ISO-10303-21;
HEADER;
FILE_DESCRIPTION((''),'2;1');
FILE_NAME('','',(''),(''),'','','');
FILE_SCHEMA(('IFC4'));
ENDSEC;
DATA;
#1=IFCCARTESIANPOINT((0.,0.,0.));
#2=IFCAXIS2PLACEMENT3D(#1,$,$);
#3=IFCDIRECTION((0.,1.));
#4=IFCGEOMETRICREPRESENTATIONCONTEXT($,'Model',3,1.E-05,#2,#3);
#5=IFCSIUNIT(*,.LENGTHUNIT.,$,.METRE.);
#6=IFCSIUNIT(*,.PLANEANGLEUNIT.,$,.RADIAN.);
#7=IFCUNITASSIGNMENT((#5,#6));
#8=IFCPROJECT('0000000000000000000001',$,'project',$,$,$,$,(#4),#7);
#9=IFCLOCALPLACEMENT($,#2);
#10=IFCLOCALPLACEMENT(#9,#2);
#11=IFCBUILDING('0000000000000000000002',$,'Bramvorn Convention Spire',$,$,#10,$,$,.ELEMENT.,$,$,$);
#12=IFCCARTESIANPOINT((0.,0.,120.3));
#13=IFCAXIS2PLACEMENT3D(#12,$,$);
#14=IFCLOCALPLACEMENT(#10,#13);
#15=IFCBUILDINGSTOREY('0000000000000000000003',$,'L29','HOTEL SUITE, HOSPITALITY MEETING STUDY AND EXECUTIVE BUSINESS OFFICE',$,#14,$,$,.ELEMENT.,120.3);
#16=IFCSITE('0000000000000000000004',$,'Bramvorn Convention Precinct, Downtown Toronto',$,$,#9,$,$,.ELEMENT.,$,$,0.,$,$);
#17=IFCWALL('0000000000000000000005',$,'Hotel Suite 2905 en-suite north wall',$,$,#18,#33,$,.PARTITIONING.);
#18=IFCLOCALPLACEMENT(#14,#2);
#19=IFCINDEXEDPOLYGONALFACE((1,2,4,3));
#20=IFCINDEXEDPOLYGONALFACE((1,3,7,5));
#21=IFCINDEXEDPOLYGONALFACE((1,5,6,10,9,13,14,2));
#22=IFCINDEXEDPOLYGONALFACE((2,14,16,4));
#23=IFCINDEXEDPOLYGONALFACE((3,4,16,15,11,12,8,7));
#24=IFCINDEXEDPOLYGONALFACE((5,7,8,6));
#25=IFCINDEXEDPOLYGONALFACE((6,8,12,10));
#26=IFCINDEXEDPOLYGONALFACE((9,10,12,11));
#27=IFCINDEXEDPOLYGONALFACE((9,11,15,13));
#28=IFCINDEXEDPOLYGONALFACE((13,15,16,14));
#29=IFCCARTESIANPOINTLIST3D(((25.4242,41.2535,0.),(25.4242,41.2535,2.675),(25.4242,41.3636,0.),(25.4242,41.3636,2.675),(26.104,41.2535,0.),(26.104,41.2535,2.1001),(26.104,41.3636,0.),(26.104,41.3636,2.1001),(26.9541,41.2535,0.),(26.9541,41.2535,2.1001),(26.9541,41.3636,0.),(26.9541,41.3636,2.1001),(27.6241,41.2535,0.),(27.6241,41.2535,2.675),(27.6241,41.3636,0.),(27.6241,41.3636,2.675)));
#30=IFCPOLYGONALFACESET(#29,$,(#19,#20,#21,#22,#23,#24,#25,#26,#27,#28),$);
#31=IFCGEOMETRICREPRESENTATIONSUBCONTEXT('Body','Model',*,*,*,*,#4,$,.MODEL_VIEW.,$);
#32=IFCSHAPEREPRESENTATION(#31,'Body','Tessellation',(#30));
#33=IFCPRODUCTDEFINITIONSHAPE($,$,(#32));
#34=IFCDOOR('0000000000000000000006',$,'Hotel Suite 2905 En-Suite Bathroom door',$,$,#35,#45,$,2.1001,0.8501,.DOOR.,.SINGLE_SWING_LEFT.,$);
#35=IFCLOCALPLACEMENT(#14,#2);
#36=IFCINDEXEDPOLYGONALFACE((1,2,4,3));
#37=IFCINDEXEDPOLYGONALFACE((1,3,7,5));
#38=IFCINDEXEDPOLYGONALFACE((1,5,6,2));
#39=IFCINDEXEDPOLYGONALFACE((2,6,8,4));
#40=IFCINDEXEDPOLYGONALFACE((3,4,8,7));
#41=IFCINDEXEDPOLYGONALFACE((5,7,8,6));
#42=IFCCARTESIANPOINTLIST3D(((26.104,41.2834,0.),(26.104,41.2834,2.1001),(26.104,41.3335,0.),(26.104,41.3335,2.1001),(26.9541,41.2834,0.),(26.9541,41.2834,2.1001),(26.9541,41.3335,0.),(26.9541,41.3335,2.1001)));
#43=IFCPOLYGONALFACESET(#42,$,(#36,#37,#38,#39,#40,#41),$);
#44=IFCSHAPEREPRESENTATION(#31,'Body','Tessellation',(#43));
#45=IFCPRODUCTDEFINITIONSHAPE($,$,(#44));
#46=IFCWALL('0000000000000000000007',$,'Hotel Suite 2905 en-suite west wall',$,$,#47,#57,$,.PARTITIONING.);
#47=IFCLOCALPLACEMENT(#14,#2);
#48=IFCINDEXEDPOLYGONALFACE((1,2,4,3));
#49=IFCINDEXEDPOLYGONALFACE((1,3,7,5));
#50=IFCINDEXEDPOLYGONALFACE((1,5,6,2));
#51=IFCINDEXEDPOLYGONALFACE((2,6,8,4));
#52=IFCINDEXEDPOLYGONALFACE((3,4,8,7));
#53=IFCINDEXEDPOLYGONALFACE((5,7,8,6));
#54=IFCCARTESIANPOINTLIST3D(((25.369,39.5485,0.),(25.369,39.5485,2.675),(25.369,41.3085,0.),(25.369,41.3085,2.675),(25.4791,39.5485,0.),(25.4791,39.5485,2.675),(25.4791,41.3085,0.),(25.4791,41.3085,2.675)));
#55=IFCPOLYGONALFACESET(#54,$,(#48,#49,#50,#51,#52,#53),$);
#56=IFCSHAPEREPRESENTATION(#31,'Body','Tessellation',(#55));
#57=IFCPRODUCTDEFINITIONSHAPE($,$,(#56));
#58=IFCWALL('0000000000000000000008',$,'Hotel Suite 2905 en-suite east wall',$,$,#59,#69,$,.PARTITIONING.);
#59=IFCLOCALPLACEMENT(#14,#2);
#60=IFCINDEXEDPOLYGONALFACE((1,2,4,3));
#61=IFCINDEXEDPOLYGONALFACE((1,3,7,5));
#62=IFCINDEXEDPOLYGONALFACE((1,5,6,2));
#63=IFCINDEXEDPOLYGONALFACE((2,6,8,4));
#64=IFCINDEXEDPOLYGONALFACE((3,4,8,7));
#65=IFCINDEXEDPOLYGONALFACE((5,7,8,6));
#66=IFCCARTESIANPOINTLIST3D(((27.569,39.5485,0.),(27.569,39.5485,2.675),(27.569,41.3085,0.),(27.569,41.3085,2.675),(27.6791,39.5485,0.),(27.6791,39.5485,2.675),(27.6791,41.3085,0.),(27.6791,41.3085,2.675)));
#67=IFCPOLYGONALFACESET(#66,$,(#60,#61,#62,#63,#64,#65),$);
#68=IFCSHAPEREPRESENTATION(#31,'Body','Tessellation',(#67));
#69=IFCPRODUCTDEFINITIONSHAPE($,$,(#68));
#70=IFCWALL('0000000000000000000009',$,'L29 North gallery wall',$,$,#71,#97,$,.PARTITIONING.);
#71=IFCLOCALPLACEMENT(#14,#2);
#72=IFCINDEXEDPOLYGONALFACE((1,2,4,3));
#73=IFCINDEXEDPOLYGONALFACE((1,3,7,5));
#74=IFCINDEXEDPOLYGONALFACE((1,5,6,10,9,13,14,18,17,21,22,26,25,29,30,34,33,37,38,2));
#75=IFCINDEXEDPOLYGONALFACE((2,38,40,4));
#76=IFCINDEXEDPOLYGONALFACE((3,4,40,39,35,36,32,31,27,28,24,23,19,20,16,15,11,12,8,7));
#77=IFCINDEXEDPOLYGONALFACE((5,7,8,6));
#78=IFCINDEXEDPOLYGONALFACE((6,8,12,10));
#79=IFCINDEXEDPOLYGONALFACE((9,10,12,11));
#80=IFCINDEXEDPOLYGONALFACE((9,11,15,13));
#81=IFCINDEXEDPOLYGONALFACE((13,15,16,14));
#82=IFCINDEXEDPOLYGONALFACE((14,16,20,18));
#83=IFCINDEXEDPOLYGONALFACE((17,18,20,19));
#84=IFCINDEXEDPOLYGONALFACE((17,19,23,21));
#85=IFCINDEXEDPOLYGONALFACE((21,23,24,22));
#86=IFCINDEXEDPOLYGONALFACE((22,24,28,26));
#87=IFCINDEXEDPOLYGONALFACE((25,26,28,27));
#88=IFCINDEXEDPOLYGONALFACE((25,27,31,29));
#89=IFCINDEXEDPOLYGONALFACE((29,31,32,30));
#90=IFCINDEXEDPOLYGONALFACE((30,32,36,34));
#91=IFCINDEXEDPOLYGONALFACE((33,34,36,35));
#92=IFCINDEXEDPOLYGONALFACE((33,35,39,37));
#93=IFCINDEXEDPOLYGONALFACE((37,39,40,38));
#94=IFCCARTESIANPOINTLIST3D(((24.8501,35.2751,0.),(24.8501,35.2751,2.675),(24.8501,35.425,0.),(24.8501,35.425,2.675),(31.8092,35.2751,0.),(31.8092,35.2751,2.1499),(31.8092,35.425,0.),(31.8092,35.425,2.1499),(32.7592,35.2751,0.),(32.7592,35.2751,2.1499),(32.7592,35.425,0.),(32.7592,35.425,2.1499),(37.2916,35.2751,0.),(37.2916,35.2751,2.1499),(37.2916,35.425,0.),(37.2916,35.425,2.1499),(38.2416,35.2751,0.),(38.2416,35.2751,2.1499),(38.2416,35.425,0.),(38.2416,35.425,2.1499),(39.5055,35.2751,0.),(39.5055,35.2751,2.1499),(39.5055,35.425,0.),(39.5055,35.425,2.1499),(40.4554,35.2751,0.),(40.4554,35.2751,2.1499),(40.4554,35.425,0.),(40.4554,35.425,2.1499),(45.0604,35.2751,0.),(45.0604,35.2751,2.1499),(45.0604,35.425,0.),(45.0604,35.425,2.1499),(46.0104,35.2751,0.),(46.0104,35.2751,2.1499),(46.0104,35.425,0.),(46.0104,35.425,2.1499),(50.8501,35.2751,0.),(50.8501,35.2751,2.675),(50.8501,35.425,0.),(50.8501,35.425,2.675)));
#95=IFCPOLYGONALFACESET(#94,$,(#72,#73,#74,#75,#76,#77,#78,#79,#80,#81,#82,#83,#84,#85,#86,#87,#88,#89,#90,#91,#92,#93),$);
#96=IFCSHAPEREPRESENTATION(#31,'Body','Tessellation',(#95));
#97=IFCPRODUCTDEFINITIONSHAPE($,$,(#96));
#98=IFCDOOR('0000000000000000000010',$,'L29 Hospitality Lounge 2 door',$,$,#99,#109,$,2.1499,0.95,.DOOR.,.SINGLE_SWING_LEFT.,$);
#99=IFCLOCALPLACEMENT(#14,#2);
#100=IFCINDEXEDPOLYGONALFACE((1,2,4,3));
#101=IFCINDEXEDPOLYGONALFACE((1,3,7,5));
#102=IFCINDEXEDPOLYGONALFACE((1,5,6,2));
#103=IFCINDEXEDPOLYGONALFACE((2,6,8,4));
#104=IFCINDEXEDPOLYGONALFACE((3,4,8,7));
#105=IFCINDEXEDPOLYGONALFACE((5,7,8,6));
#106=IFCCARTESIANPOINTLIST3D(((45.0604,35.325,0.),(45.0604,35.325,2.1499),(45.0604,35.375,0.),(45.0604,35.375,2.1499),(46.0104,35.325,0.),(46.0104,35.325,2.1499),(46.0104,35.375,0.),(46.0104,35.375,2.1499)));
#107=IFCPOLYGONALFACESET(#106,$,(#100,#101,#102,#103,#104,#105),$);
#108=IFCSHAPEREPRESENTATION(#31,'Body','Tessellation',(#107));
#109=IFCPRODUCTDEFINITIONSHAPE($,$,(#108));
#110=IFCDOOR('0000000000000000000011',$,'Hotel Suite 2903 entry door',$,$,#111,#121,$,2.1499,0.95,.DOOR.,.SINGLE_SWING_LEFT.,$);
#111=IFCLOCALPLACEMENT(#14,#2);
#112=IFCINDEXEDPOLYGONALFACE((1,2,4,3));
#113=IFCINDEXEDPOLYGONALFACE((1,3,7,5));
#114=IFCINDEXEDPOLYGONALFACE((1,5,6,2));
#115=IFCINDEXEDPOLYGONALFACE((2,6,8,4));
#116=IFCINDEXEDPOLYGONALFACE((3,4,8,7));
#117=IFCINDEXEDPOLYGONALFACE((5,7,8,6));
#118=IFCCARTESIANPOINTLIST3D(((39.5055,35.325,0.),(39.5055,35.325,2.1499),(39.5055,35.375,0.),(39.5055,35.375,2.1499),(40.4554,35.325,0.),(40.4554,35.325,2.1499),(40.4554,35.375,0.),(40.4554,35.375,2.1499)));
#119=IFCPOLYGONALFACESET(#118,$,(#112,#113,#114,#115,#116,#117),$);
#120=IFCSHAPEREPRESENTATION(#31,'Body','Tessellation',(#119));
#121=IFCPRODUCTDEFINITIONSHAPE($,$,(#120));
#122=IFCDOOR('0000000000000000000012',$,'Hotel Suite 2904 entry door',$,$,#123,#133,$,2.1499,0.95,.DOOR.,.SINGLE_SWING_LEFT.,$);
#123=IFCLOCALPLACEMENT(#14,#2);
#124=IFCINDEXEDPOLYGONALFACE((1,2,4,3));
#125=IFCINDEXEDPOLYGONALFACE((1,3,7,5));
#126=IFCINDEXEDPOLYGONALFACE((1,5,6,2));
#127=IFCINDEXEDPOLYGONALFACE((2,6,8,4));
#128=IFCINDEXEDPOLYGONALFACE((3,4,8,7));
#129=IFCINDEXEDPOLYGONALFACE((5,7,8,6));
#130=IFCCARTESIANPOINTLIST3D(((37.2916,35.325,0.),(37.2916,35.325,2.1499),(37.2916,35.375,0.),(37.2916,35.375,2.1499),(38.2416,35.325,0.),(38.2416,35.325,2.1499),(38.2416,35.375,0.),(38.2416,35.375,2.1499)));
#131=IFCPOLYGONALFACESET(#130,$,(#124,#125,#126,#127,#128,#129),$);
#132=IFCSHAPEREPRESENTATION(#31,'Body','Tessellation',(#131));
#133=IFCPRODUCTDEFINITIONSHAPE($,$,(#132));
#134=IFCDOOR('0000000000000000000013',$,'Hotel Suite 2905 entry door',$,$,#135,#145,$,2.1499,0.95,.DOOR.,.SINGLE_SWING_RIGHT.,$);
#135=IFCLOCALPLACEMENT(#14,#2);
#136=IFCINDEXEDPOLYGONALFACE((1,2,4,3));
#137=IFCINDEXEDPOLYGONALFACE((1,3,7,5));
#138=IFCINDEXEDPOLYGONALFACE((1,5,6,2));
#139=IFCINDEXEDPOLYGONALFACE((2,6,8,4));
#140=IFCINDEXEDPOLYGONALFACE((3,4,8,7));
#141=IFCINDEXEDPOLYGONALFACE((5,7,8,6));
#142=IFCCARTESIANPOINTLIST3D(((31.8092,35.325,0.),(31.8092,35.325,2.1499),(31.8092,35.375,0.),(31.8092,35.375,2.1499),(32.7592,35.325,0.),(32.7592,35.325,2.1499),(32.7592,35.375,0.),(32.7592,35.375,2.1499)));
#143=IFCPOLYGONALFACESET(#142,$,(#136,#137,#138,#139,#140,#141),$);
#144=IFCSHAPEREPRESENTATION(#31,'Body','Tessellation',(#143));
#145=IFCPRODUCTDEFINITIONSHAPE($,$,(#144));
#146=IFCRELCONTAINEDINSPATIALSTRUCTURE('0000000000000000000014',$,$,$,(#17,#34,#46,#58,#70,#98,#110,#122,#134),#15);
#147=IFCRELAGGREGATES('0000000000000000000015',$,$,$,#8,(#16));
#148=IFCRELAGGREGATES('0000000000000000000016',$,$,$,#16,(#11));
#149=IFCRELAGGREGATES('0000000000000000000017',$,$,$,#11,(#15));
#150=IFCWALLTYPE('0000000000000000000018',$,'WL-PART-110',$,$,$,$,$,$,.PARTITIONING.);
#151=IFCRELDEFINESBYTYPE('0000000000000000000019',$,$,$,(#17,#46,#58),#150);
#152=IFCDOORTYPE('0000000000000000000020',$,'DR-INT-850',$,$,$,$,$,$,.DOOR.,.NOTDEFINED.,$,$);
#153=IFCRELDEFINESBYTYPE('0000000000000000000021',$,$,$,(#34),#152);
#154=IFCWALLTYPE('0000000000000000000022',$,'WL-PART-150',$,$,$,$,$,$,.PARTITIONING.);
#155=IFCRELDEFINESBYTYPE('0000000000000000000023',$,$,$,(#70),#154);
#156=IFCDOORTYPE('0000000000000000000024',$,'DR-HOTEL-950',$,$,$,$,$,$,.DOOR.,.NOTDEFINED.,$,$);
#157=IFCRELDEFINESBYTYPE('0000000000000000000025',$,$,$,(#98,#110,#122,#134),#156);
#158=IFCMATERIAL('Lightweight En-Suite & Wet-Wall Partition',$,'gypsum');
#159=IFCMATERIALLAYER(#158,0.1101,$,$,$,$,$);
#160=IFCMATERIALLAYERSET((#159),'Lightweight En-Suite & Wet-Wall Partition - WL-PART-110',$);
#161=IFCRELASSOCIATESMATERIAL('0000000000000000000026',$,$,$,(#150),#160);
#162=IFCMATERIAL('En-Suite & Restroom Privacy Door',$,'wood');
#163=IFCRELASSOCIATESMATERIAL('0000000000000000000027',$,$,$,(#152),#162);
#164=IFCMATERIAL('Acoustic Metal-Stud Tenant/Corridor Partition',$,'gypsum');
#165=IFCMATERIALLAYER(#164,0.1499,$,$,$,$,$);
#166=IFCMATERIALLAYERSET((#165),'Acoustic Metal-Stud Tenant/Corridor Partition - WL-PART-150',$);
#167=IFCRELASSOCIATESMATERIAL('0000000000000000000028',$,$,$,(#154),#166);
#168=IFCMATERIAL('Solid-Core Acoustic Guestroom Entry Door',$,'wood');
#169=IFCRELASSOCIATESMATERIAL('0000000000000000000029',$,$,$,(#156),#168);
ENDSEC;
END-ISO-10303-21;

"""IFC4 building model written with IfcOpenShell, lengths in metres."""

from ifc_helpers import new_model, si_unit, direction, frame, frame_2d, origin, place, context, subcontext, project, spatial, rectangle, extrude, material, layer, layer_set, type_object, element, fill, save


model = new_model("IFC4")

# Units and contexts
model_context = context("Model", 3, precision=1e-05, world=origin(), true_north=direction((0.0, 1.0)))
body_context = subcontext(model_context, "Body", "Model", "MODEL_VIEW")
ifc_project = project(units=[si_unit("LENGTHUNIT", "METRE"), si_unit("PLANEANGLEUNIT", "RADIAN")], contexts=[model_context])

# Site, building, storey
site_placement = place(None, origin())
site = spatial("IfcSite", under=ifc_project, at=site_placement, Name="Bramvorn Convention Precinct, Downtown Toronto", CompositionType="ELEMENT", RefElevation=0.0)
building_placement = place(site_placement, origin())
building = spatial("IfcBuilding", under=site, at=building_placement, Name="Bramvorn Convention Spire", CompositionType="ELEMENT")
storey_placement = place(building_placement, frame((0.0, 0.0, 120.3)))
storey = spatial("IfcBuildingStorey", under=building, at=storey_placement, Name="L29", Description="HOTEL SUITE, HOSPITALITY MEETING STUDY AND EXECUTIVE BUSINESS OFFICE", CompositionType="ELEMENT", Elevation=120.3)

# Shared definitions
ifc_material_1 = material(Name="Lightweight En-Suite & Wet-Wall Partition", Category="gypsum")
ifc_layer_1 = layer(ifc_material_1, 0.1101)
ifc_layer_set_1 = layer_set([ifc_layer_1], Name="Lightweight En-Suite & Wet-Wall Partition - WL-PART-110")
wall_type_1 = type_object("IfcWallType", Name="WL-PART-110", PredefinedType="PARTITIONING", material=ifc_layer_set_1)

# Shared definitions
ifc_material_2 = material(Name="En-Suite & Restroom Privacy Door", Category="wood")
door_type_1 = type_object("IfcDoorType", Name="DR-INT-850", OperationType="NOTDEFINED", PredefinedType="DOOR", material=ifc_material_2)

# Wall, opening, door
wall_1_placement = place(storey_placement, frame((25.4241, 41.3086, 0.0), z_axis=(0.0, 0.0, 1.0), x_axis=(1.0, 0.0, 0.0)))
wall_1 = element("IfcWall", 1, at=wall_1_placement, inside=storey, type_object=wall_type_1, Name="Hotel Suite 2905 en-suite north wall", PredefinedType="PARTITIONING", context=body_context, shape_type="SweptSolid", body=[
    extrude(rectangle(XDim=2.2, YDim=0.1101, at=frame_2d((1.1001, 0.0))), origin(), (0.0, 0.0, 1.0), 2.675),
])
opening_1_placement = place(wall_1_placement, frame((0.6799, 0.0, 0.0)))
opening_1 = element("IfcOpeningElement", 2, at=opening_1_placement, cuts=wall_1, PredefinedType="OPENING", context=body_context, shape_type="SweptSolid", body=[
    extrude(rectangle(XDim=0.8501, YDim=2.1001, at=frame_2d((0.425, 1.05))), frame((0.0, 0.0649, 0.0), z_axis=(0.0, -1.0, 0.0), x_axis=(1.0, 0.0, 0.0)), (0.0, 0.0, 1.0), 0.1301),
])
door_1_placement = place(opening_1_placement, origin())
door_1 = element("IfcDoor", 3, at=door_1_placement, inside=storey, type_object=door_type_1, Name="Hotel Suite 2905 En-Suite Bathroom door", OperationType="SINGLE_SWING_LEFT", OverallHeight=2.1001, OverallWidth=0.8501, PredefinedType="DOOR", context=body_context, shape_type="SweptSolid", body=[
    extrude(rectangle(XDim=0.8501, YDim=2.1001, at=frame_2d((0.425, 1.05))), frame((0.0, 0.0249, 0.0), z_axis=(0.0, -1.0, 0.0), x_axis=(1.0, 0.0, 0.0)), (0.0, 0.0, 1.0), 0.05),
])
fill(opening_1, door_1)

# Walls
for number, where, z_axis, x_axis, name in (
    (4, (25.4241, 39.5486, 0.0), (0.0, 0.0, 1.0), (0.0, 1.0, 0.0), "Hotel Suite 2905 en-suite west wall"),
    (5, (27.624, 39.5486, 0.0), (0.0, 0.0, 1.0), (0.0, 1.0, 0.0), "Hotel Suite 2905 en-suite east wall"),
):
    element("IfcWall", number, at=place(storey_placement, frame(where, z_axis=z_axis, x_axis=x_axis)), inside=storey, type_object=wall_type_1, Name=name, PredefinedType="PARTITIONING", context=body_context, shape_type="SweptSolid", body=[
        extrude(rectangle(XDim=1.76, YDim=0.1101, at=frame_2d((0.8799, 0.0))), origin(), (0.0, 0.0, 1.0), 2.675),
    ])

# Wall, openings, doors
ifc_material_3 = material(Name="Acoustic Metal-Stud Tenant/Corridor Partition", Category="gypsum")
ifc_layer_2 = layer(ifc_material_3, 0.1499)
ifc_layer_set_2 = layer_set([ifc_layer_2], Name="Acoustic Metal-Stud Tenant/Corridor Partition - WL-PART-150")
wall_type_2 = type_object("IfcWallType", Name="WL-PART-150", PredefinedType="PARTITIONING", material=ifc_layer_set_2)
wall_2_placement = place(storey_placement, frame((24.8501, 35.3501, 0.0), z_axis=(0.0, 0.0, 1.0), x_axis=(1.0, 0.0, 0.0)))
wall_2 = element("IfcWall", 6, at=wall_2_placement, inside=storey, type_object=wall_type_2, Name="L29 North gallery wall", PredefinedType="PARTITIONING", context=body_context, shape_type="SweptSolid", body=[
    extrude(rectangle(XDim=26.0, YDim=0.1499, at=frame_2d((13.0, 0.0))), origin(), (0.0, 0.0, 1.0), 2.675),
])
opening_2_placement = place(wall_2_placement, frame((20.2102, 0.0, 0.0)))
opening_2 = element("IfcOpeningElement", 7, at=opening_2_placement, cuts=wall_2, PredefinedType="OPENING", context=body_context, shape_type="SweptSolid", body=[
    extrude(rectangle(XDim=0.95, YDim=2.1499, at=frame_2d((0.4751, 1.075))), frame((0.0, 0.085, 0.0), z_axis=(0.0, -1.0, 0.0), x_axis=(1.0, 0.0, 0.0)), (0.0, 0.0, 1.0), 0.1699),
])
opening_3_placement = place(wall_2_placement, frame((14.6553, 0.0, 0.0)))
opening_3 = element("IfcOpeningElement", 8, at=opening_3_placement, cuts=wall_2, PredefinedType="OPENING", context=body_context, shape_type="SweptSolid", body=[
    extrude(rectangle(XDim=0.95, YDim=2.1499, at=frame_2d((0.4751, 1.075))), frame((0.0, 0.085, 0.0), z_axis=(0.0, -1.0, 0.0), x_axis=(1.0, 0.0, 0.0)), (0.0, 0.0, 1.0), 0.1699),
])
opening_4_placement = place(wall_2_placement, frame((12.4414, 0.0, 0.0)))
opening_4 = element("IfcOpeningElement", 9, at=opening_4_placement, cuts=wall_2, PredefinedType="OPENING", context=body_context, shape_type="SweptSolid", body=[
    extrude(rectangle(XDim=0.95, YDim=2.1499, at=frame_2d((0.4751, 1.075))), frame((0.0, 0.085, 0.0), z_axis=(0.0, -1.0, 0.0), x_axis=(1.0, 0.0, 0.0)), (0.0, 0.0, 1.0), 0.1699),
])
opening_5_placement = place(wall_2_placement, frame((6.959, 0.0, 0.0)))
opening_5 = element("IfcOpeningElement", 10, at=opening_5_placement, cuts=wall_2, PredefinedType="OPENING", context=body_context, shape_type="SweptSolid", body=[
    extrude(rectangle(XDim=0.95, YDim=2.1499, at=frame_2d((0.4751, 1.075))), frame((0.0, 0.085, 0.0), z_axis=(0.0, -1.0, 0.0), x_axis=(1.0, 0.0, 0.0)), (0.0, 0.0, 1.0), 0.1699),
])
ifc_material_4 = material(Name="Solid-Core Acoustic Guestroom Entry Door", Category="wood")
door_type_2 = type_object("IfcDoorType", Name="DR-HOTEL-950", OperationType="NOTDEFINED", PredefinedType="DOOR", material=ifc_material_4)
door_2_placement = place(opening_2_placement, origin())
door_2 = element("IfcDoor", 11, at=door_2_placement, inside=storey, type_object=door_type_2, Name="L29 Hospitality Lounge 2 door", OperationType="SINGLE_SWING_LEFT", OverallHeight=2.1499, OverallWidth=0.95, PredefinedType="DOOR", context=body_context, shape_type="SweptSolid", body=[
    extrude(rectangle(XDim=0.95, YDim=2.1499, at=frame_2d((0.4751, 1.075))), frame((0.0, 0.0249, 0.0), z_axis=(0.0, -1.0, 0.0), x_axis=(1.0, 0.0, 0.0)), (0.0, 0.0, 1.0), 0.05),
])
fill(opening_2, door_2)
door_3_placement = place(opening_3_placement, origin())
door_3 = element("IfcDoor", 12, at=door_3_placement, inside=storey, type_object=door_type_2, Name="Hotel Suite 2903 entry door", OperationType="SINGLE_SWING_LEFT", OverallHeight=2.1499, OverallWidth=0.95, PredefinedType="DOOR", context=body_context, shape_type="SweptSolid", body=[
    extrude(rectangle(XDim=0.95, YDim=2.1499, at=frame_2d((0.4751, 1.075))), frame((0.0, 0.0249, 0.0), z_axis=(0.0, -1.0, 0.0), x_axis=(1.0, 0.0, 0.0)), (0.0, 0.0, 1.0), 0.05),
])
fill(opening_3, door_3)
door_4_placement = place(opening_4_placement, origin())
door_4 = element("IfcDoor", 13, at=door_4_placement, inside=storey, type_object=door_type_2, Name="Hotel Suite 2904 entry door", OperationType="SINGLE_SWING_LEFT", OverallHeight=2.1499, OverallWidth=0.95, PredefinedType="DOOR", context=body_context, shape_type="SweptSolid", body=[
    extrude(rectangle(XDim=0.95, YDim=2.1499, at=frame_2d((0.4751, 1.075))), frame((0.0, 0.0249, 0.0), z_axis=(0.0, -1.0, 0.0), x_axis=(1.0, 0.0, 0.0)), (0.0, 0.0, 1.0), 0.05),
])
fill(opening_4, door_4)
door_5_placement = place(opening_5_placement, origin())
door_5 = element("IfcDoor", 14, at=door_5_placement, inside=storey, type_object=door_type_2, Name="Hotel Suite 2905 entry door", OperationType="SINGLE_SWING_RIGHT", OverallHeight=2.1499, OverallWidth=0.95, PredefinedType="DOOR", context=body_context, shape_type="SweptSolid", body=[
    extrude(rectangle(XDim=0.95, YDim=2.1499, at=frame_2d((0.4751, 1.075))), frame((0.0, 0.0249, 0.0), z_axis=(0.0, -1.0, 0.0), x_axis=(1.0, 0.0, 0.0)), (0.0, 0.0, 1.0), 0.05),
])
fill(opening_5, door_5)

save(model, "model.ifc")
